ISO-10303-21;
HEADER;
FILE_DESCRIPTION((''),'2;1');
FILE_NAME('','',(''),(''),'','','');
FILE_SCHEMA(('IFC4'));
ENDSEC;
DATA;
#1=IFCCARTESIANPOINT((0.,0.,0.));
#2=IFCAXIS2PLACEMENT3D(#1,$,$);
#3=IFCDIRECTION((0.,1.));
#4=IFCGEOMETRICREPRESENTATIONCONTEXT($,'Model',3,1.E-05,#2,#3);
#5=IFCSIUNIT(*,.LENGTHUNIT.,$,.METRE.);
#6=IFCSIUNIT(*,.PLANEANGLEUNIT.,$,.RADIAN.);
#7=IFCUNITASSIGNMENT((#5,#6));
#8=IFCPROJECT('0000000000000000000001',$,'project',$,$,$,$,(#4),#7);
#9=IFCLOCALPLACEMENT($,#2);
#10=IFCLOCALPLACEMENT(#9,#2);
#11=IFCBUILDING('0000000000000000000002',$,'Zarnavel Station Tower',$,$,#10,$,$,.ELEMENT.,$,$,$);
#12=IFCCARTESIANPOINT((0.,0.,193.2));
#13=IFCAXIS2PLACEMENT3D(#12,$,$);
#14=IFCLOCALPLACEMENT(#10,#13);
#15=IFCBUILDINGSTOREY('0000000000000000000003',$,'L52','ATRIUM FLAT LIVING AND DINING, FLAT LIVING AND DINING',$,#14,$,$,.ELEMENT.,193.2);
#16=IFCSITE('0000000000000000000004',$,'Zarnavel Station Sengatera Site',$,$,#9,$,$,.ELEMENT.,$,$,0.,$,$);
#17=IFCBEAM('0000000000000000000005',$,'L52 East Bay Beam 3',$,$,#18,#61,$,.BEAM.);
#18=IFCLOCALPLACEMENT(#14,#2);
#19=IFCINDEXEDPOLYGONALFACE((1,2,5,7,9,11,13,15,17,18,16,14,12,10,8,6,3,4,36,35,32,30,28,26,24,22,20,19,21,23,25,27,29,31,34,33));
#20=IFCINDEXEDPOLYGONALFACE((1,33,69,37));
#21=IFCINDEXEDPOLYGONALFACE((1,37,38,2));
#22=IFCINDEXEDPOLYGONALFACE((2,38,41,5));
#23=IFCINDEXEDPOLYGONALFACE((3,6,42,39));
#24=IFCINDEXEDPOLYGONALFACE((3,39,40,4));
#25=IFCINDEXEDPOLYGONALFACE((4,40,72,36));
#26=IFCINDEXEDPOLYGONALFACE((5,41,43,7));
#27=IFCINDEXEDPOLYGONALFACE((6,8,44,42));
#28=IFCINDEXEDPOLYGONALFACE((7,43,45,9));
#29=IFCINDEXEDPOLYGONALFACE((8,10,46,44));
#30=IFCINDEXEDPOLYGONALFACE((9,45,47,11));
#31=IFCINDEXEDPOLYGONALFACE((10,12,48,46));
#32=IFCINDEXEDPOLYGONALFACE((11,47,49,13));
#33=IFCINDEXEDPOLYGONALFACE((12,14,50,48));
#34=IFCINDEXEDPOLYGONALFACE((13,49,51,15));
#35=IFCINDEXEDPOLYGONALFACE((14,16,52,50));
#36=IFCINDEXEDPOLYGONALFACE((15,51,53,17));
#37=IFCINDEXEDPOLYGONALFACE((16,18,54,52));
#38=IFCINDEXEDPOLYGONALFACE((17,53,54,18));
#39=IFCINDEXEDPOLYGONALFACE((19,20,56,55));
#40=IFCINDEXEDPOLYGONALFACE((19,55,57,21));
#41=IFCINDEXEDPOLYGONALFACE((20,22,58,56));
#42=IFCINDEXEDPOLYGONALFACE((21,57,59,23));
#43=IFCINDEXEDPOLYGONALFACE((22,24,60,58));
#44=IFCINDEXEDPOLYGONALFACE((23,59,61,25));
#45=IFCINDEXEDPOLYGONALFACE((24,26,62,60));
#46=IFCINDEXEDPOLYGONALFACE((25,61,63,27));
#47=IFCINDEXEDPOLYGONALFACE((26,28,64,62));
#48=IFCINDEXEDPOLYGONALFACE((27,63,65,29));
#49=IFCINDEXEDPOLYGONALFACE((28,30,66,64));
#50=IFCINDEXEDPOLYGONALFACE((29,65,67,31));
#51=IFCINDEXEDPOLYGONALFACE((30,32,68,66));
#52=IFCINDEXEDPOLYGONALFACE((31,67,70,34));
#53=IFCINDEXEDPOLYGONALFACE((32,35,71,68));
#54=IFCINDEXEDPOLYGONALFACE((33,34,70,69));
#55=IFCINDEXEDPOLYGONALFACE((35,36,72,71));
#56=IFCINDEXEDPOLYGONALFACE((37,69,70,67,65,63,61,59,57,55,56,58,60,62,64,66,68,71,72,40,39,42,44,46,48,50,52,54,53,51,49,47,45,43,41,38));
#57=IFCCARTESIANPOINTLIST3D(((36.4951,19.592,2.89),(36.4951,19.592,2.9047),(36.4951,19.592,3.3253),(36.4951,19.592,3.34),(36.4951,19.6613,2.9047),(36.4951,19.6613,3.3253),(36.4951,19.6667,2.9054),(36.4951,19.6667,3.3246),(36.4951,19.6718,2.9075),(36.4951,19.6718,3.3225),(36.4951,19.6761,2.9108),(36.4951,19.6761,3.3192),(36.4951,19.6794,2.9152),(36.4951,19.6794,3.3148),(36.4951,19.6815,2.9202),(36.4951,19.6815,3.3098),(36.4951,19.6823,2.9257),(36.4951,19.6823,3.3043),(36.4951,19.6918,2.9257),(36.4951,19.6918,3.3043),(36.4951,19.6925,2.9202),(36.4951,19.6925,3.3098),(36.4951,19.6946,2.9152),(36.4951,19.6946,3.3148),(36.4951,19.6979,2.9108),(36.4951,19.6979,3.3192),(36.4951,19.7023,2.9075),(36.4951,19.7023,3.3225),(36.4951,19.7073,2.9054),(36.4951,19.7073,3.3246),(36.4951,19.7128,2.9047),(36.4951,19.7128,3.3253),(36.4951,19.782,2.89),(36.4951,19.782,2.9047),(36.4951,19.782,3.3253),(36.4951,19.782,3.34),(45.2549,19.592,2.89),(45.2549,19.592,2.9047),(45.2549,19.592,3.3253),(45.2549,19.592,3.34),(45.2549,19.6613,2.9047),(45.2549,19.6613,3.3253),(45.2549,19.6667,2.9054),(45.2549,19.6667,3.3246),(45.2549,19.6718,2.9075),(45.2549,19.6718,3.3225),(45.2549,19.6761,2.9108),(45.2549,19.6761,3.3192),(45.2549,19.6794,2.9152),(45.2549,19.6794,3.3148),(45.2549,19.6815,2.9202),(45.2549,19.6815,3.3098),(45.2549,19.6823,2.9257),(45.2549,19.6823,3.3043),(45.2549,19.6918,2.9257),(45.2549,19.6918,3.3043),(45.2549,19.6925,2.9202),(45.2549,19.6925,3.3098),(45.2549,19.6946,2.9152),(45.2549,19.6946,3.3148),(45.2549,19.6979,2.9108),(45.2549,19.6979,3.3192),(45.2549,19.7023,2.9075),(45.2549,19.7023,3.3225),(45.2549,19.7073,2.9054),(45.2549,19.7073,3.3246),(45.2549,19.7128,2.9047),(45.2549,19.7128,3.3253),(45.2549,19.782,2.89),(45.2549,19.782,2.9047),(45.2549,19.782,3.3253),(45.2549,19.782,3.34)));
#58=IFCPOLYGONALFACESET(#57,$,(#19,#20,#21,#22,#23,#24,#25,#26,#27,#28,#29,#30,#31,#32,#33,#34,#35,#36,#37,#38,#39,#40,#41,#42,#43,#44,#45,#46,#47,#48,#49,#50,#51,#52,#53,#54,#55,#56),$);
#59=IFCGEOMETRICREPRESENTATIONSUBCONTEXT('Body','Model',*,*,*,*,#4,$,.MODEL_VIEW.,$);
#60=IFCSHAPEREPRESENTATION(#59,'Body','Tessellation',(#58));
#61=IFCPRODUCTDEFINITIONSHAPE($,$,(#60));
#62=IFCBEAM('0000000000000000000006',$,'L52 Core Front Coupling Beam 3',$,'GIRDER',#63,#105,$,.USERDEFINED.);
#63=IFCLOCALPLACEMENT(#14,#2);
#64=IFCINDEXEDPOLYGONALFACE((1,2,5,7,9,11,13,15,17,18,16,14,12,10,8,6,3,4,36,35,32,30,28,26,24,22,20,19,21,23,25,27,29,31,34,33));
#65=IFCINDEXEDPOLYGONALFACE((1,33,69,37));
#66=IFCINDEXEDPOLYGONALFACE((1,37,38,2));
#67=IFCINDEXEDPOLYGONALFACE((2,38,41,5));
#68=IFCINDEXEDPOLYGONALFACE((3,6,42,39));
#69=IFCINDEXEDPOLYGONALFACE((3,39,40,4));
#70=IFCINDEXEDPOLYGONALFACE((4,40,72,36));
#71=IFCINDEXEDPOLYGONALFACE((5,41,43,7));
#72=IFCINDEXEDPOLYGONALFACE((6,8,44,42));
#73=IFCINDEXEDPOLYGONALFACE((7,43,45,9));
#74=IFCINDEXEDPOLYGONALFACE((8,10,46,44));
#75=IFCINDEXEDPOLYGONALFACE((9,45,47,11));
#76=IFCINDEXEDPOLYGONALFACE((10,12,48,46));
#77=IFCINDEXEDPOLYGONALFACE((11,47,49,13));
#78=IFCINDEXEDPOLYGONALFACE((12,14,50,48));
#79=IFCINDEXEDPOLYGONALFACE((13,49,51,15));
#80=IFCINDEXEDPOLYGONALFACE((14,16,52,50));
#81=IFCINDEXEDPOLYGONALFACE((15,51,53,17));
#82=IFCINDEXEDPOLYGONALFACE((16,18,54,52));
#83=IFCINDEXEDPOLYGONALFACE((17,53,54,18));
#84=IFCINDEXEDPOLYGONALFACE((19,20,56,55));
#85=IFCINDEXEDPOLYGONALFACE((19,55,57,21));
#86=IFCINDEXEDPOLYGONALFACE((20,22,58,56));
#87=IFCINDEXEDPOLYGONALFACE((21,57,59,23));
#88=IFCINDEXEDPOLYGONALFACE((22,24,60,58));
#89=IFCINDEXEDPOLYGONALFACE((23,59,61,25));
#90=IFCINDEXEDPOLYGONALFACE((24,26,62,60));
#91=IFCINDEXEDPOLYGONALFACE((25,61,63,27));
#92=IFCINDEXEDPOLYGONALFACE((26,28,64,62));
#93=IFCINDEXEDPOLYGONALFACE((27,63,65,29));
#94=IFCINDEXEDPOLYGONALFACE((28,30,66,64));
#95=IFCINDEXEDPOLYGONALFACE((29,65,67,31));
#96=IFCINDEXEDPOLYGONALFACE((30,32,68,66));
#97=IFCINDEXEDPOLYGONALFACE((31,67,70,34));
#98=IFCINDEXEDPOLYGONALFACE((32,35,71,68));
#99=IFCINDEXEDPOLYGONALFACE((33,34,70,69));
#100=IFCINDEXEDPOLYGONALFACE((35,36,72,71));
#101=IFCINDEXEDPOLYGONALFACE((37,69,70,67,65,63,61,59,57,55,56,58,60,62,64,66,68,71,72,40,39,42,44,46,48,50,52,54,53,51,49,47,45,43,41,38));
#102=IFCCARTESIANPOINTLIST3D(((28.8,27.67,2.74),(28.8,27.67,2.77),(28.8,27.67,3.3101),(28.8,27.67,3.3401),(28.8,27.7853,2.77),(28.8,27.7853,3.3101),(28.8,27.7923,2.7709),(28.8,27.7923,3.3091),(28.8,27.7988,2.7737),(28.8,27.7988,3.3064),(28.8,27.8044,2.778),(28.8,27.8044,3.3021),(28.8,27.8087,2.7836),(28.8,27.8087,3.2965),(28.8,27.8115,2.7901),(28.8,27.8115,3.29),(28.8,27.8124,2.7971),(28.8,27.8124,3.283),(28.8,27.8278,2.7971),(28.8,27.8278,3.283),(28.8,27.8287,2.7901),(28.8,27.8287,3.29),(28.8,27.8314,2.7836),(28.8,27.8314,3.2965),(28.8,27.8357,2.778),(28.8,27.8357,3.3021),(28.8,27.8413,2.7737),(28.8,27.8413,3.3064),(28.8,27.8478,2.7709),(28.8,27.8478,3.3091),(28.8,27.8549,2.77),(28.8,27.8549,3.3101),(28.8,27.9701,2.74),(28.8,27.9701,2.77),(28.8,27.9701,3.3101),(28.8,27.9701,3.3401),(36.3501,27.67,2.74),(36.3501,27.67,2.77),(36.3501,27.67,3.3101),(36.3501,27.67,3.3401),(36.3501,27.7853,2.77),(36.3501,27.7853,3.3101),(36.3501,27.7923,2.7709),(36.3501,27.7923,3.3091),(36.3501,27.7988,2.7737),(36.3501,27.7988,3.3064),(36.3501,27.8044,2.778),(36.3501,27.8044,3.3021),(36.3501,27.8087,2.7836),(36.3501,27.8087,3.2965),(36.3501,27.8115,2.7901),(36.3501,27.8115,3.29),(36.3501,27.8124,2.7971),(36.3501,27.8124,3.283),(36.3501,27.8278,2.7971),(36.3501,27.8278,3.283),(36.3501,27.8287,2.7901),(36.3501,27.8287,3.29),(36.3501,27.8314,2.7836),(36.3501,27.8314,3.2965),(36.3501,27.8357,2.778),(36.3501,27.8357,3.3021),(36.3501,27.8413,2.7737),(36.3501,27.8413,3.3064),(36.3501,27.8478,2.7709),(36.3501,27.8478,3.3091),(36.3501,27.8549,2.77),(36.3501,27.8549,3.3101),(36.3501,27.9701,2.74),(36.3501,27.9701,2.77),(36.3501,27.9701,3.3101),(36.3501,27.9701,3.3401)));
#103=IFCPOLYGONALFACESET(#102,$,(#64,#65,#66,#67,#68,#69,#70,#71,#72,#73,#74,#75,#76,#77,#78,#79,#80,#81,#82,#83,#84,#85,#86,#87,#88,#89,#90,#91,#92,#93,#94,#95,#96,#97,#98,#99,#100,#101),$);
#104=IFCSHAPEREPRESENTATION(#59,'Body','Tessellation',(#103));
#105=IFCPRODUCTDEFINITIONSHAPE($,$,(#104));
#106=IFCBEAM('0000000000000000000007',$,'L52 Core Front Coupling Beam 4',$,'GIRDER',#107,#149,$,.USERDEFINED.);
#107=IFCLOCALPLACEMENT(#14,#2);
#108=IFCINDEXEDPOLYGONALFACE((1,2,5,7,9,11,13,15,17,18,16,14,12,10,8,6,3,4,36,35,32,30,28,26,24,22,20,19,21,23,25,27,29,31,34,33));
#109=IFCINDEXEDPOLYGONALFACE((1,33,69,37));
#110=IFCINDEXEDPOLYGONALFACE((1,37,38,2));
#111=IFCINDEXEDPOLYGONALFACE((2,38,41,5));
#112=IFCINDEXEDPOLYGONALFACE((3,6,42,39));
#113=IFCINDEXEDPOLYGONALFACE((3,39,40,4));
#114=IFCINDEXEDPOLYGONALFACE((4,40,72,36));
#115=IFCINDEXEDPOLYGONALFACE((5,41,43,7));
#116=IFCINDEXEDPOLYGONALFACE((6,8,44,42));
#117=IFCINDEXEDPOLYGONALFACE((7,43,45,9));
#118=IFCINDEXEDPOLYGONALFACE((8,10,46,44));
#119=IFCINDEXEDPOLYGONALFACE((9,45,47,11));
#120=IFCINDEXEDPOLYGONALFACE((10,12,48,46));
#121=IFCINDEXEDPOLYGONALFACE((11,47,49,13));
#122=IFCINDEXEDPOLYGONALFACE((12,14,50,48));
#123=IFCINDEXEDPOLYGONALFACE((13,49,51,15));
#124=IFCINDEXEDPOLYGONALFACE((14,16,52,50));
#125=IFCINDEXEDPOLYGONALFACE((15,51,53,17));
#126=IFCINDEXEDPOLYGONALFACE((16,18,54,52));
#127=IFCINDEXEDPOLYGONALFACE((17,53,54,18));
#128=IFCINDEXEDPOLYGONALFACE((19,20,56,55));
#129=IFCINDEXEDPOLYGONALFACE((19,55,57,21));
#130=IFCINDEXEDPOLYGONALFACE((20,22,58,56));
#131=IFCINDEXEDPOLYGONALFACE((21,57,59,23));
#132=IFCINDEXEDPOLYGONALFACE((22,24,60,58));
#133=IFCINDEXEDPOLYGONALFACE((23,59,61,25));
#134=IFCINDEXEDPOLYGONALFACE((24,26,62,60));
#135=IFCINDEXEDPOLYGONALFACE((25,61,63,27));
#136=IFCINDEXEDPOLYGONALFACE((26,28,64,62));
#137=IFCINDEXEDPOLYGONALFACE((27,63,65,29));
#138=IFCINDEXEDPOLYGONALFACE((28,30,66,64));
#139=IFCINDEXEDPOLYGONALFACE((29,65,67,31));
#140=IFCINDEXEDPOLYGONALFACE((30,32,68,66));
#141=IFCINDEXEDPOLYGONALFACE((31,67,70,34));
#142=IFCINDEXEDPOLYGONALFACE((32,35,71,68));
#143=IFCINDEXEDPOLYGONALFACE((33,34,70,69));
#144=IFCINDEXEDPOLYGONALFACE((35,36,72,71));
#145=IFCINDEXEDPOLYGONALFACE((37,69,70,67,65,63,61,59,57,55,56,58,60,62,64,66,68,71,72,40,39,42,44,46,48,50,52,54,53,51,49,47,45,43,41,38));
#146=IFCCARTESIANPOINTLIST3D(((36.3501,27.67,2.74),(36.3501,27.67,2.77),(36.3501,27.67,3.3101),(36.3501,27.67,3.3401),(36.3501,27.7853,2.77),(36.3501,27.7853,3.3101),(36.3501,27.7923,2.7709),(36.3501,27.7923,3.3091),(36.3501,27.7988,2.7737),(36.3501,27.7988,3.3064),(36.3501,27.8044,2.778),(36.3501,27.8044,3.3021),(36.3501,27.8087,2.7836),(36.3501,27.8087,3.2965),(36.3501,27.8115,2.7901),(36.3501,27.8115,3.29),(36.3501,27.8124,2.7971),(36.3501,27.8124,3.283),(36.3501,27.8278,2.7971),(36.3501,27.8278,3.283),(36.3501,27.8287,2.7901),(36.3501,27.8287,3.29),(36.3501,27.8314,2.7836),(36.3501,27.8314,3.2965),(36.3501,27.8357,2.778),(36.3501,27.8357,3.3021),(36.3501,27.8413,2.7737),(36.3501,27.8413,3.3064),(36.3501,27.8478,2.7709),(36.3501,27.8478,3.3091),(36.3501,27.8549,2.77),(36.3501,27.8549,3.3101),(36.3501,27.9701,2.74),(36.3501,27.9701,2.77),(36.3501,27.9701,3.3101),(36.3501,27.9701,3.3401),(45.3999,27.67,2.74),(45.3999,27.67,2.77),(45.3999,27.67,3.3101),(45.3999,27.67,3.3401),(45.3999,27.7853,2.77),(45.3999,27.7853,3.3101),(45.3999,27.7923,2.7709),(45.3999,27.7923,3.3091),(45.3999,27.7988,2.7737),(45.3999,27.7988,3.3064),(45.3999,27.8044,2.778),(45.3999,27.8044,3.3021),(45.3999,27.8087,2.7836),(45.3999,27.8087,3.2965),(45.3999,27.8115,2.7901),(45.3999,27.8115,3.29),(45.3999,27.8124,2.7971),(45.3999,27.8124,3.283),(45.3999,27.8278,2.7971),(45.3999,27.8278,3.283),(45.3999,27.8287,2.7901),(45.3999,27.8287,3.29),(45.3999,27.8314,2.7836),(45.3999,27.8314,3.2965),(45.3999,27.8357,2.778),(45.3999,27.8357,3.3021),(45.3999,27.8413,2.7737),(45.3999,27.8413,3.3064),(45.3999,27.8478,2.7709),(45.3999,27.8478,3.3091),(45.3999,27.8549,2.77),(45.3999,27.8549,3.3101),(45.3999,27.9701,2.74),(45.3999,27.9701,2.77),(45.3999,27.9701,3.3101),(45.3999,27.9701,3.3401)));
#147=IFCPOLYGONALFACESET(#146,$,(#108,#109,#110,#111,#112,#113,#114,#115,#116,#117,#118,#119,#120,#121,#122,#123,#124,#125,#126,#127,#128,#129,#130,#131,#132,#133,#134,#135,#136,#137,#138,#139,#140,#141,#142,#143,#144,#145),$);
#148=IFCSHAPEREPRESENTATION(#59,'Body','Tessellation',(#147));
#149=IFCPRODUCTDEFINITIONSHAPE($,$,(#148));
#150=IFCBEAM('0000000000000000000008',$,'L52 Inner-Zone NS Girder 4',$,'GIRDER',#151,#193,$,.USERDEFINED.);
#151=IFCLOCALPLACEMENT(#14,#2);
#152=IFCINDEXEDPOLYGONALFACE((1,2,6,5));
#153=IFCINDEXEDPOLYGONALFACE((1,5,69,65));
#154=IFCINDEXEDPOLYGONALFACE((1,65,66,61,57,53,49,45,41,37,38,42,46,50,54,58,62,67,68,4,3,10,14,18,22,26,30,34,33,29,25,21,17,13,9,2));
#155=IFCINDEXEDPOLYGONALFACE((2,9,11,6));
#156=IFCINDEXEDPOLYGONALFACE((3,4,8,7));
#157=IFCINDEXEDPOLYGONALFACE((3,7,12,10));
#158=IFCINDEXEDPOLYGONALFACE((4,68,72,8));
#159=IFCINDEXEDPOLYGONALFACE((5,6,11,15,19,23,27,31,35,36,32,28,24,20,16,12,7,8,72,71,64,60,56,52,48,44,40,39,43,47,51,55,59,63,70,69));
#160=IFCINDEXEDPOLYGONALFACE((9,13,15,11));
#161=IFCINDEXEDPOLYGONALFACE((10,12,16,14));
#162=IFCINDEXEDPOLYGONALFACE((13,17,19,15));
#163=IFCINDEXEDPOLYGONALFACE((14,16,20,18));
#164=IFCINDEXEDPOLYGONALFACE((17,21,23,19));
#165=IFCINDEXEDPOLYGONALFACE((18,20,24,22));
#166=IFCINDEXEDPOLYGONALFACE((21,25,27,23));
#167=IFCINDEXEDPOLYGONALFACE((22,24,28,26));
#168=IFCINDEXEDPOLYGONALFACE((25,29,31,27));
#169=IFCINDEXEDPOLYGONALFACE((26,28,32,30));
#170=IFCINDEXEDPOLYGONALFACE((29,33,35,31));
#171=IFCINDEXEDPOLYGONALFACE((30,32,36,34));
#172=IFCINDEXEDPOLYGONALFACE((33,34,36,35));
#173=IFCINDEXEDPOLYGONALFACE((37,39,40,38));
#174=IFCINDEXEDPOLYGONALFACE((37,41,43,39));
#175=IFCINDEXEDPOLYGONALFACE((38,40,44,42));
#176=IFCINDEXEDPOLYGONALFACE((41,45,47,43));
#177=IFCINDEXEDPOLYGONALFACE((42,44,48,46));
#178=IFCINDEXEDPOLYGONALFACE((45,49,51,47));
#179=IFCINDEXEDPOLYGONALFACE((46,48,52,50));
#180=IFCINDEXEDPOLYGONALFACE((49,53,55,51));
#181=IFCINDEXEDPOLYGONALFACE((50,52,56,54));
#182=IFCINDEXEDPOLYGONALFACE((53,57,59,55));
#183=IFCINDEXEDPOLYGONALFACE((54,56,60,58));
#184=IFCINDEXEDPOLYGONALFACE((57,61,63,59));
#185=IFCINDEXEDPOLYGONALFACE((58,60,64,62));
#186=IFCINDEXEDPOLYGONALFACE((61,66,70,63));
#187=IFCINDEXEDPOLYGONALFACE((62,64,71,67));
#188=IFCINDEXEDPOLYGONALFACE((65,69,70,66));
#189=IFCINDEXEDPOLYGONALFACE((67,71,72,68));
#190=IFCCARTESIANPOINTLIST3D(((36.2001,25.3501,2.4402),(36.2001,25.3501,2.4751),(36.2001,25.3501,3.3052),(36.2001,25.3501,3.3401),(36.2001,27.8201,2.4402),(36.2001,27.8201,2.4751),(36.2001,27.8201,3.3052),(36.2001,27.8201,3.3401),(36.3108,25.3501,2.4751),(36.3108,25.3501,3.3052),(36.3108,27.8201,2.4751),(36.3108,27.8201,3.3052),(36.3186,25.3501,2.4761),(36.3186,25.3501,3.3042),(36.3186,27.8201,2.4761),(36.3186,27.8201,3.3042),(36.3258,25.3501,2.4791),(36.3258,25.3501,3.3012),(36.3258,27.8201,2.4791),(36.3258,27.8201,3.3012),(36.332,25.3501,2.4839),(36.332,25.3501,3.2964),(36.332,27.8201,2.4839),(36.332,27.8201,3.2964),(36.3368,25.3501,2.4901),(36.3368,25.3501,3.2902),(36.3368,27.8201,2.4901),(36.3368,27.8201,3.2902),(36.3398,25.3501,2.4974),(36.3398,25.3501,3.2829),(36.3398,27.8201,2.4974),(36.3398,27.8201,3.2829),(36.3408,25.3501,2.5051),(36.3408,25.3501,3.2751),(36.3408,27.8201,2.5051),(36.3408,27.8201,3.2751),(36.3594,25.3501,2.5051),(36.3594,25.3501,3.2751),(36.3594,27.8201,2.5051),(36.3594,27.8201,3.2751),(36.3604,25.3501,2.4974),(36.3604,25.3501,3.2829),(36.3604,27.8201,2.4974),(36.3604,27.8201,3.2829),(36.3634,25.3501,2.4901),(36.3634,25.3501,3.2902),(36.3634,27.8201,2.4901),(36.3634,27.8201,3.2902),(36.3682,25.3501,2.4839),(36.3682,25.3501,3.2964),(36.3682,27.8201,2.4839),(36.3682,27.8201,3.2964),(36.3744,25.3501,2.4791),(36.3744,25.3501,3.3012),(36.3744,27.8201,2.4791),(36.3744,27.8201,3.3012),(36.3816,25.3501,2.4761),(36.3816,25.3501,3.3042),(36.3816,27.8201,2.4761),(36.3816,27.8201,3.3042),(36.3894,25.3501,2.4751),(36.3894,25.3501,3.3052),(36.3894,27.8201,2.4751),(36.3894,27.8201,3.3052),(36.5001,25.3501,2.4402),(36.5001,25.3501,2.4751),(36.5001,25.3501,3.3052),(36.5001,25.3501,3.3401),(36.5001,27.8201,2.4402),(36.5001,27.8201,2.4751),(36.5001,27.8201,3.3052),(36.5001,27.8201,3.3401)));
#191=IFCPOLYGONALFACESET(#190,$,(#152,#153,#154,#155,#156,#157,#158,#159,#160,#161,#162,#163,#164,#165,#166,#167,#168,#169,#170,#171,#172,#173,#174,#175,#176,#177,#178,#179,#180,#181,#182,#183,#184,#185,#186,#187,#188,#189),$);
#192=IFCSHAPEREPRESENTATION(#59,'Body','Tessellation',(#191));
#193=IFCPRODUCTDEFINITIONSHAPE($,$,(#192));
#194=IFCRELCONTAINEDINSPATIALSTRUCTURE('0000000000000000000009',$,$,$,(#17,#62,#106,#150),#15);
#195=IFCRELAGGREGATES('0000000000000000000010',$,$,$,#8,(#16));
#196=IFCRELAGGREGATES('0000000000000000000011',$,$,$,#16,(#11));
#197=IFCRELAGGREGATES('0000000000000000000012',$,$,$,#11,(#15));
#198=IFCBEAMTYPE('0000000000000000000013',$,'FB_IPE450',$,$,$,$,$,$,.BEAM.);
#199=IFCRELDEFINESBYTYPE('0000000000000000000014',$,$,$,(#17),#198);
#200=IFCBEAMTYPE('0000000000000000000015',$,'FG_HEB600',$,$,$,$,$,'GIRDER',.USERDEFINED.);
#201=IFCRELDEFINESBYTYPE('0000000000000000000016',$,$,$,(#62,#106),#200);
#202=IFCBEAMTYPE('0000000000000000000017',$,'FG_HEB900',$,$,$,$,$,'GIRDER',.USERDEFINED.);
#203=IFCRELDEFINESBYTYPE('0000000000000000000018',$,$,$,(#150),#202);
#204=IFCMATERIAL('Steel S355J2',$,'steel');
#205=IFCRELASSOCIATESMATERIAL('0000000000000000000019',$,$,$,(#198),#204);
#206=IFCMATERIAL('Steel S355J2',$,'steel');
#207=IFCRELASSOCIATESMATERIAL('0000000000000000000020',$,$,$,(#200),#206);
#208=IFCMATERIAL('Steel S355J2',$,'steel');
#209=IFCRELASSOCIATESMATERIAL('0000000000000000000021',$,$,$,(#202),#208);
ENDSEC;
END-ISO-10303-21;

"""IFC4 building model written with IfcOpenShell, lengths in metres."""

from ifc_helpers import new_model, si_unit, direction, frame, origin, origin_2d, place, context, subcontext, project, spatial, i_section, extrude, material, material_profile, profile_set, type_object, element, save


model = new_model("IFC4")

# Units and contexts
model_context = context("Model", 3, precision=1e-05, world=origin(), true_north=direction((0.0, 1.0)))
body_context = subcontext(model_context, "Body", "Model", "MODEL_VIEW")
ifc_project = project(units=[si_unit("LENGTHUNIT", "METRE"), si_unit("PLANEANGLEUNIT", "RADIAN")], contexts=[model_context])

# Site, building, storey
site_placement = place(None, origin())
site = spatial("IfcSite", under=ifc_project, at=site_placement, Name="Zarnavel Station Sengatera Site", CompositionType="ELEMENT", RefElevation=0.0)
building_placement = place(site_placement, origin())
building = spatial("IfcBuilding", under=site, at=building_placement, Name="Zarnavel Station Tower", CompositionType="ELEMENT")
storey_placement = place(building_placement, frame((0.0, 0.0, 193.2)))
storey = spatial("IfcBuildingStorey", under=building, at=storey_placement, Name="L52", Description="ATRIUM FLAT LIVING AND DINING, FLAT LIVING AND DINING", CompositionType="ELEMENT", Elevation=193.2)

# Beams
ifc_material_1 = material(Name="Steel S355J2", Category="steel")
ifc_material_profile_1 = material_profile(ifc_material_1, i_section(OverallWidth=0.1899, OverallDepth=0.45, WebThickness=0.0095, FlangeThickness=0.0146, FilletRadius=0.021, at=origin_2d()), Name="IPE450")
ifc_profile_set_1 = profile_set([ifc_material_profile_1], Name="Steel S355J2")
beam_type_1 = type_object("IfcBeamType", Name="FB_IPE450", PredefinedType="BEAM", material=ifc_profile_set_1)
beam_1_placement = place(storey_placement, frame((36.4951, 19.687, 3.115), z_axis=(1.0, 0.0, 0.0), x_axis=(0.0, 1.0, 0.0)))
element("IfcBeam", 1, at=beam_1_placement, inside=storey, type_object=beam_type_1, Name="L52 East Bay Beam 3", PredefinedType="BEAM", context=body_context, shape_type="SweptSolid", body=[
    extrude(i_section(OverallWidth=0.1899, OverallDepth=0.45, WebThickness=0.0095, FlangeThickness=0.0146, FilletRadius=0.021, at=origin_2d()), origin(), (0.0, 0.0, 1.0), 8.7598),
])
ifc_material_2 = material(Name="Steel S355J2", Category="steel")
ifc_material_profile_2 = material_profile(ifc_material_2, i_section(OverallWidth=0.3, OverallDepth=0.6001, WebThickness=0.0154, FlangeThickness=0.03, FilletRadius=0.0271, at=origin_2d()), Name="HEB600")
ifc_profile_set_2 = profile_set([ifc_material_profile_2], Name="Steel S355J2")
beam_type_2 = type_object("IfcBeamType", Name="FG_HEB600", ElementType="GIRDER", PredefinedType="USERDEFINED", material=ifc_profile_set_2)
beam_2_placement = place(storey_placement, frame((28.8, 27.8201, 3.04), z_axis=(1.0, 0.0, 0.0), x_axis=(0.0, 1.0, 0.0)))
element("IfcBeam", 2, at=beam_2_placement, inside=storey, type_object=beam_type_2, Name="L52 Core Front Coupling Beam 3", ObjectType="GIRDER", PredefinedType="USERDEFINED", context=body_context, shape_type="SweptSolid", body=[
    extrude(i_section(OverallWidth=0.3, OverallDepth=0.6001, WebThickness=0.0154, FlangeThickness=0.03, FilletRadius=0.0271, at=origin_2d()), origin(), (0.0, 0.0, 1.0), 7.55),
])
beam_3_placement = place(storey_placement, frame((36.3501, 27.8201, 3.04), z_axis=(1.0, 0.0, 0.0), x_axis=(0.0, 1.0, 0.0)))
element("IfcBeam", 3, at=beam_3_placement, inside=storey, type_object=beam_type_2, Name="L52 Core Front Coupling Beam 4", ObjectType="GIRDER", PredefinedType="USERDEFINED", context=body_context, shape_type="SweptSolid", body=[
    extrude(i_section(OverallWidth=0.3, OverallDepth=0.6001, WebThickness=0.0154, FlangeThickness=0.03, FilletRadius=0.0271, at=origin_2d()), origin(), (0.0, 0.0, 1.0), 9.0498),
])
ifc_material_3 = material(Name="Steel S355J2", Category="steel")
ifc_material_profile_3 = material_profile(ifc_material_3, i_section(OverallWidth=0.3, OverallDepth=0.8999, WebThickness=0.0186, FlangeThickness=0.0349, FilletRadius=0.03, at=origin_2d()), Name="HEB900")
ifc_profile_set_3 = profile_set([ifc_material_profile_3], Name="Steel S355J2")
beam_type_3 = type_object("IfcBeamType", Name="FG_HEB900", ElementType="GIRDER", PredefinedType="USERDEFINED", material=ifc_profile_set_3)
beam_4_placement = place(storey_placement, frame((36.3501, 25.3501, 2.8901), z_axis=(0.0, 1.0, 0.0), x_axis=(-1.0, 0.0, 0.0)))
element("IfcBeam", 4, at=beam_4_placement, inside=storey, type_object=beam_type_3, Name="L52 Inner-Zone NS Girder 4", ObjectType="GIRDER", PredefinedType="USERDEFINED", context=body_context, shape_type="SweptSolid", body=[
    extrude(i_section(OverallWidth=0.3, OverallDepth=0.8999, WebThickness=0.0186, FlangeThickness=0.0349, FilletRadius=0.03, at=origin_2d()), origin(), (0.0, 0.0, 1.0), 2.47),
])

save(model, "model.ifc")
